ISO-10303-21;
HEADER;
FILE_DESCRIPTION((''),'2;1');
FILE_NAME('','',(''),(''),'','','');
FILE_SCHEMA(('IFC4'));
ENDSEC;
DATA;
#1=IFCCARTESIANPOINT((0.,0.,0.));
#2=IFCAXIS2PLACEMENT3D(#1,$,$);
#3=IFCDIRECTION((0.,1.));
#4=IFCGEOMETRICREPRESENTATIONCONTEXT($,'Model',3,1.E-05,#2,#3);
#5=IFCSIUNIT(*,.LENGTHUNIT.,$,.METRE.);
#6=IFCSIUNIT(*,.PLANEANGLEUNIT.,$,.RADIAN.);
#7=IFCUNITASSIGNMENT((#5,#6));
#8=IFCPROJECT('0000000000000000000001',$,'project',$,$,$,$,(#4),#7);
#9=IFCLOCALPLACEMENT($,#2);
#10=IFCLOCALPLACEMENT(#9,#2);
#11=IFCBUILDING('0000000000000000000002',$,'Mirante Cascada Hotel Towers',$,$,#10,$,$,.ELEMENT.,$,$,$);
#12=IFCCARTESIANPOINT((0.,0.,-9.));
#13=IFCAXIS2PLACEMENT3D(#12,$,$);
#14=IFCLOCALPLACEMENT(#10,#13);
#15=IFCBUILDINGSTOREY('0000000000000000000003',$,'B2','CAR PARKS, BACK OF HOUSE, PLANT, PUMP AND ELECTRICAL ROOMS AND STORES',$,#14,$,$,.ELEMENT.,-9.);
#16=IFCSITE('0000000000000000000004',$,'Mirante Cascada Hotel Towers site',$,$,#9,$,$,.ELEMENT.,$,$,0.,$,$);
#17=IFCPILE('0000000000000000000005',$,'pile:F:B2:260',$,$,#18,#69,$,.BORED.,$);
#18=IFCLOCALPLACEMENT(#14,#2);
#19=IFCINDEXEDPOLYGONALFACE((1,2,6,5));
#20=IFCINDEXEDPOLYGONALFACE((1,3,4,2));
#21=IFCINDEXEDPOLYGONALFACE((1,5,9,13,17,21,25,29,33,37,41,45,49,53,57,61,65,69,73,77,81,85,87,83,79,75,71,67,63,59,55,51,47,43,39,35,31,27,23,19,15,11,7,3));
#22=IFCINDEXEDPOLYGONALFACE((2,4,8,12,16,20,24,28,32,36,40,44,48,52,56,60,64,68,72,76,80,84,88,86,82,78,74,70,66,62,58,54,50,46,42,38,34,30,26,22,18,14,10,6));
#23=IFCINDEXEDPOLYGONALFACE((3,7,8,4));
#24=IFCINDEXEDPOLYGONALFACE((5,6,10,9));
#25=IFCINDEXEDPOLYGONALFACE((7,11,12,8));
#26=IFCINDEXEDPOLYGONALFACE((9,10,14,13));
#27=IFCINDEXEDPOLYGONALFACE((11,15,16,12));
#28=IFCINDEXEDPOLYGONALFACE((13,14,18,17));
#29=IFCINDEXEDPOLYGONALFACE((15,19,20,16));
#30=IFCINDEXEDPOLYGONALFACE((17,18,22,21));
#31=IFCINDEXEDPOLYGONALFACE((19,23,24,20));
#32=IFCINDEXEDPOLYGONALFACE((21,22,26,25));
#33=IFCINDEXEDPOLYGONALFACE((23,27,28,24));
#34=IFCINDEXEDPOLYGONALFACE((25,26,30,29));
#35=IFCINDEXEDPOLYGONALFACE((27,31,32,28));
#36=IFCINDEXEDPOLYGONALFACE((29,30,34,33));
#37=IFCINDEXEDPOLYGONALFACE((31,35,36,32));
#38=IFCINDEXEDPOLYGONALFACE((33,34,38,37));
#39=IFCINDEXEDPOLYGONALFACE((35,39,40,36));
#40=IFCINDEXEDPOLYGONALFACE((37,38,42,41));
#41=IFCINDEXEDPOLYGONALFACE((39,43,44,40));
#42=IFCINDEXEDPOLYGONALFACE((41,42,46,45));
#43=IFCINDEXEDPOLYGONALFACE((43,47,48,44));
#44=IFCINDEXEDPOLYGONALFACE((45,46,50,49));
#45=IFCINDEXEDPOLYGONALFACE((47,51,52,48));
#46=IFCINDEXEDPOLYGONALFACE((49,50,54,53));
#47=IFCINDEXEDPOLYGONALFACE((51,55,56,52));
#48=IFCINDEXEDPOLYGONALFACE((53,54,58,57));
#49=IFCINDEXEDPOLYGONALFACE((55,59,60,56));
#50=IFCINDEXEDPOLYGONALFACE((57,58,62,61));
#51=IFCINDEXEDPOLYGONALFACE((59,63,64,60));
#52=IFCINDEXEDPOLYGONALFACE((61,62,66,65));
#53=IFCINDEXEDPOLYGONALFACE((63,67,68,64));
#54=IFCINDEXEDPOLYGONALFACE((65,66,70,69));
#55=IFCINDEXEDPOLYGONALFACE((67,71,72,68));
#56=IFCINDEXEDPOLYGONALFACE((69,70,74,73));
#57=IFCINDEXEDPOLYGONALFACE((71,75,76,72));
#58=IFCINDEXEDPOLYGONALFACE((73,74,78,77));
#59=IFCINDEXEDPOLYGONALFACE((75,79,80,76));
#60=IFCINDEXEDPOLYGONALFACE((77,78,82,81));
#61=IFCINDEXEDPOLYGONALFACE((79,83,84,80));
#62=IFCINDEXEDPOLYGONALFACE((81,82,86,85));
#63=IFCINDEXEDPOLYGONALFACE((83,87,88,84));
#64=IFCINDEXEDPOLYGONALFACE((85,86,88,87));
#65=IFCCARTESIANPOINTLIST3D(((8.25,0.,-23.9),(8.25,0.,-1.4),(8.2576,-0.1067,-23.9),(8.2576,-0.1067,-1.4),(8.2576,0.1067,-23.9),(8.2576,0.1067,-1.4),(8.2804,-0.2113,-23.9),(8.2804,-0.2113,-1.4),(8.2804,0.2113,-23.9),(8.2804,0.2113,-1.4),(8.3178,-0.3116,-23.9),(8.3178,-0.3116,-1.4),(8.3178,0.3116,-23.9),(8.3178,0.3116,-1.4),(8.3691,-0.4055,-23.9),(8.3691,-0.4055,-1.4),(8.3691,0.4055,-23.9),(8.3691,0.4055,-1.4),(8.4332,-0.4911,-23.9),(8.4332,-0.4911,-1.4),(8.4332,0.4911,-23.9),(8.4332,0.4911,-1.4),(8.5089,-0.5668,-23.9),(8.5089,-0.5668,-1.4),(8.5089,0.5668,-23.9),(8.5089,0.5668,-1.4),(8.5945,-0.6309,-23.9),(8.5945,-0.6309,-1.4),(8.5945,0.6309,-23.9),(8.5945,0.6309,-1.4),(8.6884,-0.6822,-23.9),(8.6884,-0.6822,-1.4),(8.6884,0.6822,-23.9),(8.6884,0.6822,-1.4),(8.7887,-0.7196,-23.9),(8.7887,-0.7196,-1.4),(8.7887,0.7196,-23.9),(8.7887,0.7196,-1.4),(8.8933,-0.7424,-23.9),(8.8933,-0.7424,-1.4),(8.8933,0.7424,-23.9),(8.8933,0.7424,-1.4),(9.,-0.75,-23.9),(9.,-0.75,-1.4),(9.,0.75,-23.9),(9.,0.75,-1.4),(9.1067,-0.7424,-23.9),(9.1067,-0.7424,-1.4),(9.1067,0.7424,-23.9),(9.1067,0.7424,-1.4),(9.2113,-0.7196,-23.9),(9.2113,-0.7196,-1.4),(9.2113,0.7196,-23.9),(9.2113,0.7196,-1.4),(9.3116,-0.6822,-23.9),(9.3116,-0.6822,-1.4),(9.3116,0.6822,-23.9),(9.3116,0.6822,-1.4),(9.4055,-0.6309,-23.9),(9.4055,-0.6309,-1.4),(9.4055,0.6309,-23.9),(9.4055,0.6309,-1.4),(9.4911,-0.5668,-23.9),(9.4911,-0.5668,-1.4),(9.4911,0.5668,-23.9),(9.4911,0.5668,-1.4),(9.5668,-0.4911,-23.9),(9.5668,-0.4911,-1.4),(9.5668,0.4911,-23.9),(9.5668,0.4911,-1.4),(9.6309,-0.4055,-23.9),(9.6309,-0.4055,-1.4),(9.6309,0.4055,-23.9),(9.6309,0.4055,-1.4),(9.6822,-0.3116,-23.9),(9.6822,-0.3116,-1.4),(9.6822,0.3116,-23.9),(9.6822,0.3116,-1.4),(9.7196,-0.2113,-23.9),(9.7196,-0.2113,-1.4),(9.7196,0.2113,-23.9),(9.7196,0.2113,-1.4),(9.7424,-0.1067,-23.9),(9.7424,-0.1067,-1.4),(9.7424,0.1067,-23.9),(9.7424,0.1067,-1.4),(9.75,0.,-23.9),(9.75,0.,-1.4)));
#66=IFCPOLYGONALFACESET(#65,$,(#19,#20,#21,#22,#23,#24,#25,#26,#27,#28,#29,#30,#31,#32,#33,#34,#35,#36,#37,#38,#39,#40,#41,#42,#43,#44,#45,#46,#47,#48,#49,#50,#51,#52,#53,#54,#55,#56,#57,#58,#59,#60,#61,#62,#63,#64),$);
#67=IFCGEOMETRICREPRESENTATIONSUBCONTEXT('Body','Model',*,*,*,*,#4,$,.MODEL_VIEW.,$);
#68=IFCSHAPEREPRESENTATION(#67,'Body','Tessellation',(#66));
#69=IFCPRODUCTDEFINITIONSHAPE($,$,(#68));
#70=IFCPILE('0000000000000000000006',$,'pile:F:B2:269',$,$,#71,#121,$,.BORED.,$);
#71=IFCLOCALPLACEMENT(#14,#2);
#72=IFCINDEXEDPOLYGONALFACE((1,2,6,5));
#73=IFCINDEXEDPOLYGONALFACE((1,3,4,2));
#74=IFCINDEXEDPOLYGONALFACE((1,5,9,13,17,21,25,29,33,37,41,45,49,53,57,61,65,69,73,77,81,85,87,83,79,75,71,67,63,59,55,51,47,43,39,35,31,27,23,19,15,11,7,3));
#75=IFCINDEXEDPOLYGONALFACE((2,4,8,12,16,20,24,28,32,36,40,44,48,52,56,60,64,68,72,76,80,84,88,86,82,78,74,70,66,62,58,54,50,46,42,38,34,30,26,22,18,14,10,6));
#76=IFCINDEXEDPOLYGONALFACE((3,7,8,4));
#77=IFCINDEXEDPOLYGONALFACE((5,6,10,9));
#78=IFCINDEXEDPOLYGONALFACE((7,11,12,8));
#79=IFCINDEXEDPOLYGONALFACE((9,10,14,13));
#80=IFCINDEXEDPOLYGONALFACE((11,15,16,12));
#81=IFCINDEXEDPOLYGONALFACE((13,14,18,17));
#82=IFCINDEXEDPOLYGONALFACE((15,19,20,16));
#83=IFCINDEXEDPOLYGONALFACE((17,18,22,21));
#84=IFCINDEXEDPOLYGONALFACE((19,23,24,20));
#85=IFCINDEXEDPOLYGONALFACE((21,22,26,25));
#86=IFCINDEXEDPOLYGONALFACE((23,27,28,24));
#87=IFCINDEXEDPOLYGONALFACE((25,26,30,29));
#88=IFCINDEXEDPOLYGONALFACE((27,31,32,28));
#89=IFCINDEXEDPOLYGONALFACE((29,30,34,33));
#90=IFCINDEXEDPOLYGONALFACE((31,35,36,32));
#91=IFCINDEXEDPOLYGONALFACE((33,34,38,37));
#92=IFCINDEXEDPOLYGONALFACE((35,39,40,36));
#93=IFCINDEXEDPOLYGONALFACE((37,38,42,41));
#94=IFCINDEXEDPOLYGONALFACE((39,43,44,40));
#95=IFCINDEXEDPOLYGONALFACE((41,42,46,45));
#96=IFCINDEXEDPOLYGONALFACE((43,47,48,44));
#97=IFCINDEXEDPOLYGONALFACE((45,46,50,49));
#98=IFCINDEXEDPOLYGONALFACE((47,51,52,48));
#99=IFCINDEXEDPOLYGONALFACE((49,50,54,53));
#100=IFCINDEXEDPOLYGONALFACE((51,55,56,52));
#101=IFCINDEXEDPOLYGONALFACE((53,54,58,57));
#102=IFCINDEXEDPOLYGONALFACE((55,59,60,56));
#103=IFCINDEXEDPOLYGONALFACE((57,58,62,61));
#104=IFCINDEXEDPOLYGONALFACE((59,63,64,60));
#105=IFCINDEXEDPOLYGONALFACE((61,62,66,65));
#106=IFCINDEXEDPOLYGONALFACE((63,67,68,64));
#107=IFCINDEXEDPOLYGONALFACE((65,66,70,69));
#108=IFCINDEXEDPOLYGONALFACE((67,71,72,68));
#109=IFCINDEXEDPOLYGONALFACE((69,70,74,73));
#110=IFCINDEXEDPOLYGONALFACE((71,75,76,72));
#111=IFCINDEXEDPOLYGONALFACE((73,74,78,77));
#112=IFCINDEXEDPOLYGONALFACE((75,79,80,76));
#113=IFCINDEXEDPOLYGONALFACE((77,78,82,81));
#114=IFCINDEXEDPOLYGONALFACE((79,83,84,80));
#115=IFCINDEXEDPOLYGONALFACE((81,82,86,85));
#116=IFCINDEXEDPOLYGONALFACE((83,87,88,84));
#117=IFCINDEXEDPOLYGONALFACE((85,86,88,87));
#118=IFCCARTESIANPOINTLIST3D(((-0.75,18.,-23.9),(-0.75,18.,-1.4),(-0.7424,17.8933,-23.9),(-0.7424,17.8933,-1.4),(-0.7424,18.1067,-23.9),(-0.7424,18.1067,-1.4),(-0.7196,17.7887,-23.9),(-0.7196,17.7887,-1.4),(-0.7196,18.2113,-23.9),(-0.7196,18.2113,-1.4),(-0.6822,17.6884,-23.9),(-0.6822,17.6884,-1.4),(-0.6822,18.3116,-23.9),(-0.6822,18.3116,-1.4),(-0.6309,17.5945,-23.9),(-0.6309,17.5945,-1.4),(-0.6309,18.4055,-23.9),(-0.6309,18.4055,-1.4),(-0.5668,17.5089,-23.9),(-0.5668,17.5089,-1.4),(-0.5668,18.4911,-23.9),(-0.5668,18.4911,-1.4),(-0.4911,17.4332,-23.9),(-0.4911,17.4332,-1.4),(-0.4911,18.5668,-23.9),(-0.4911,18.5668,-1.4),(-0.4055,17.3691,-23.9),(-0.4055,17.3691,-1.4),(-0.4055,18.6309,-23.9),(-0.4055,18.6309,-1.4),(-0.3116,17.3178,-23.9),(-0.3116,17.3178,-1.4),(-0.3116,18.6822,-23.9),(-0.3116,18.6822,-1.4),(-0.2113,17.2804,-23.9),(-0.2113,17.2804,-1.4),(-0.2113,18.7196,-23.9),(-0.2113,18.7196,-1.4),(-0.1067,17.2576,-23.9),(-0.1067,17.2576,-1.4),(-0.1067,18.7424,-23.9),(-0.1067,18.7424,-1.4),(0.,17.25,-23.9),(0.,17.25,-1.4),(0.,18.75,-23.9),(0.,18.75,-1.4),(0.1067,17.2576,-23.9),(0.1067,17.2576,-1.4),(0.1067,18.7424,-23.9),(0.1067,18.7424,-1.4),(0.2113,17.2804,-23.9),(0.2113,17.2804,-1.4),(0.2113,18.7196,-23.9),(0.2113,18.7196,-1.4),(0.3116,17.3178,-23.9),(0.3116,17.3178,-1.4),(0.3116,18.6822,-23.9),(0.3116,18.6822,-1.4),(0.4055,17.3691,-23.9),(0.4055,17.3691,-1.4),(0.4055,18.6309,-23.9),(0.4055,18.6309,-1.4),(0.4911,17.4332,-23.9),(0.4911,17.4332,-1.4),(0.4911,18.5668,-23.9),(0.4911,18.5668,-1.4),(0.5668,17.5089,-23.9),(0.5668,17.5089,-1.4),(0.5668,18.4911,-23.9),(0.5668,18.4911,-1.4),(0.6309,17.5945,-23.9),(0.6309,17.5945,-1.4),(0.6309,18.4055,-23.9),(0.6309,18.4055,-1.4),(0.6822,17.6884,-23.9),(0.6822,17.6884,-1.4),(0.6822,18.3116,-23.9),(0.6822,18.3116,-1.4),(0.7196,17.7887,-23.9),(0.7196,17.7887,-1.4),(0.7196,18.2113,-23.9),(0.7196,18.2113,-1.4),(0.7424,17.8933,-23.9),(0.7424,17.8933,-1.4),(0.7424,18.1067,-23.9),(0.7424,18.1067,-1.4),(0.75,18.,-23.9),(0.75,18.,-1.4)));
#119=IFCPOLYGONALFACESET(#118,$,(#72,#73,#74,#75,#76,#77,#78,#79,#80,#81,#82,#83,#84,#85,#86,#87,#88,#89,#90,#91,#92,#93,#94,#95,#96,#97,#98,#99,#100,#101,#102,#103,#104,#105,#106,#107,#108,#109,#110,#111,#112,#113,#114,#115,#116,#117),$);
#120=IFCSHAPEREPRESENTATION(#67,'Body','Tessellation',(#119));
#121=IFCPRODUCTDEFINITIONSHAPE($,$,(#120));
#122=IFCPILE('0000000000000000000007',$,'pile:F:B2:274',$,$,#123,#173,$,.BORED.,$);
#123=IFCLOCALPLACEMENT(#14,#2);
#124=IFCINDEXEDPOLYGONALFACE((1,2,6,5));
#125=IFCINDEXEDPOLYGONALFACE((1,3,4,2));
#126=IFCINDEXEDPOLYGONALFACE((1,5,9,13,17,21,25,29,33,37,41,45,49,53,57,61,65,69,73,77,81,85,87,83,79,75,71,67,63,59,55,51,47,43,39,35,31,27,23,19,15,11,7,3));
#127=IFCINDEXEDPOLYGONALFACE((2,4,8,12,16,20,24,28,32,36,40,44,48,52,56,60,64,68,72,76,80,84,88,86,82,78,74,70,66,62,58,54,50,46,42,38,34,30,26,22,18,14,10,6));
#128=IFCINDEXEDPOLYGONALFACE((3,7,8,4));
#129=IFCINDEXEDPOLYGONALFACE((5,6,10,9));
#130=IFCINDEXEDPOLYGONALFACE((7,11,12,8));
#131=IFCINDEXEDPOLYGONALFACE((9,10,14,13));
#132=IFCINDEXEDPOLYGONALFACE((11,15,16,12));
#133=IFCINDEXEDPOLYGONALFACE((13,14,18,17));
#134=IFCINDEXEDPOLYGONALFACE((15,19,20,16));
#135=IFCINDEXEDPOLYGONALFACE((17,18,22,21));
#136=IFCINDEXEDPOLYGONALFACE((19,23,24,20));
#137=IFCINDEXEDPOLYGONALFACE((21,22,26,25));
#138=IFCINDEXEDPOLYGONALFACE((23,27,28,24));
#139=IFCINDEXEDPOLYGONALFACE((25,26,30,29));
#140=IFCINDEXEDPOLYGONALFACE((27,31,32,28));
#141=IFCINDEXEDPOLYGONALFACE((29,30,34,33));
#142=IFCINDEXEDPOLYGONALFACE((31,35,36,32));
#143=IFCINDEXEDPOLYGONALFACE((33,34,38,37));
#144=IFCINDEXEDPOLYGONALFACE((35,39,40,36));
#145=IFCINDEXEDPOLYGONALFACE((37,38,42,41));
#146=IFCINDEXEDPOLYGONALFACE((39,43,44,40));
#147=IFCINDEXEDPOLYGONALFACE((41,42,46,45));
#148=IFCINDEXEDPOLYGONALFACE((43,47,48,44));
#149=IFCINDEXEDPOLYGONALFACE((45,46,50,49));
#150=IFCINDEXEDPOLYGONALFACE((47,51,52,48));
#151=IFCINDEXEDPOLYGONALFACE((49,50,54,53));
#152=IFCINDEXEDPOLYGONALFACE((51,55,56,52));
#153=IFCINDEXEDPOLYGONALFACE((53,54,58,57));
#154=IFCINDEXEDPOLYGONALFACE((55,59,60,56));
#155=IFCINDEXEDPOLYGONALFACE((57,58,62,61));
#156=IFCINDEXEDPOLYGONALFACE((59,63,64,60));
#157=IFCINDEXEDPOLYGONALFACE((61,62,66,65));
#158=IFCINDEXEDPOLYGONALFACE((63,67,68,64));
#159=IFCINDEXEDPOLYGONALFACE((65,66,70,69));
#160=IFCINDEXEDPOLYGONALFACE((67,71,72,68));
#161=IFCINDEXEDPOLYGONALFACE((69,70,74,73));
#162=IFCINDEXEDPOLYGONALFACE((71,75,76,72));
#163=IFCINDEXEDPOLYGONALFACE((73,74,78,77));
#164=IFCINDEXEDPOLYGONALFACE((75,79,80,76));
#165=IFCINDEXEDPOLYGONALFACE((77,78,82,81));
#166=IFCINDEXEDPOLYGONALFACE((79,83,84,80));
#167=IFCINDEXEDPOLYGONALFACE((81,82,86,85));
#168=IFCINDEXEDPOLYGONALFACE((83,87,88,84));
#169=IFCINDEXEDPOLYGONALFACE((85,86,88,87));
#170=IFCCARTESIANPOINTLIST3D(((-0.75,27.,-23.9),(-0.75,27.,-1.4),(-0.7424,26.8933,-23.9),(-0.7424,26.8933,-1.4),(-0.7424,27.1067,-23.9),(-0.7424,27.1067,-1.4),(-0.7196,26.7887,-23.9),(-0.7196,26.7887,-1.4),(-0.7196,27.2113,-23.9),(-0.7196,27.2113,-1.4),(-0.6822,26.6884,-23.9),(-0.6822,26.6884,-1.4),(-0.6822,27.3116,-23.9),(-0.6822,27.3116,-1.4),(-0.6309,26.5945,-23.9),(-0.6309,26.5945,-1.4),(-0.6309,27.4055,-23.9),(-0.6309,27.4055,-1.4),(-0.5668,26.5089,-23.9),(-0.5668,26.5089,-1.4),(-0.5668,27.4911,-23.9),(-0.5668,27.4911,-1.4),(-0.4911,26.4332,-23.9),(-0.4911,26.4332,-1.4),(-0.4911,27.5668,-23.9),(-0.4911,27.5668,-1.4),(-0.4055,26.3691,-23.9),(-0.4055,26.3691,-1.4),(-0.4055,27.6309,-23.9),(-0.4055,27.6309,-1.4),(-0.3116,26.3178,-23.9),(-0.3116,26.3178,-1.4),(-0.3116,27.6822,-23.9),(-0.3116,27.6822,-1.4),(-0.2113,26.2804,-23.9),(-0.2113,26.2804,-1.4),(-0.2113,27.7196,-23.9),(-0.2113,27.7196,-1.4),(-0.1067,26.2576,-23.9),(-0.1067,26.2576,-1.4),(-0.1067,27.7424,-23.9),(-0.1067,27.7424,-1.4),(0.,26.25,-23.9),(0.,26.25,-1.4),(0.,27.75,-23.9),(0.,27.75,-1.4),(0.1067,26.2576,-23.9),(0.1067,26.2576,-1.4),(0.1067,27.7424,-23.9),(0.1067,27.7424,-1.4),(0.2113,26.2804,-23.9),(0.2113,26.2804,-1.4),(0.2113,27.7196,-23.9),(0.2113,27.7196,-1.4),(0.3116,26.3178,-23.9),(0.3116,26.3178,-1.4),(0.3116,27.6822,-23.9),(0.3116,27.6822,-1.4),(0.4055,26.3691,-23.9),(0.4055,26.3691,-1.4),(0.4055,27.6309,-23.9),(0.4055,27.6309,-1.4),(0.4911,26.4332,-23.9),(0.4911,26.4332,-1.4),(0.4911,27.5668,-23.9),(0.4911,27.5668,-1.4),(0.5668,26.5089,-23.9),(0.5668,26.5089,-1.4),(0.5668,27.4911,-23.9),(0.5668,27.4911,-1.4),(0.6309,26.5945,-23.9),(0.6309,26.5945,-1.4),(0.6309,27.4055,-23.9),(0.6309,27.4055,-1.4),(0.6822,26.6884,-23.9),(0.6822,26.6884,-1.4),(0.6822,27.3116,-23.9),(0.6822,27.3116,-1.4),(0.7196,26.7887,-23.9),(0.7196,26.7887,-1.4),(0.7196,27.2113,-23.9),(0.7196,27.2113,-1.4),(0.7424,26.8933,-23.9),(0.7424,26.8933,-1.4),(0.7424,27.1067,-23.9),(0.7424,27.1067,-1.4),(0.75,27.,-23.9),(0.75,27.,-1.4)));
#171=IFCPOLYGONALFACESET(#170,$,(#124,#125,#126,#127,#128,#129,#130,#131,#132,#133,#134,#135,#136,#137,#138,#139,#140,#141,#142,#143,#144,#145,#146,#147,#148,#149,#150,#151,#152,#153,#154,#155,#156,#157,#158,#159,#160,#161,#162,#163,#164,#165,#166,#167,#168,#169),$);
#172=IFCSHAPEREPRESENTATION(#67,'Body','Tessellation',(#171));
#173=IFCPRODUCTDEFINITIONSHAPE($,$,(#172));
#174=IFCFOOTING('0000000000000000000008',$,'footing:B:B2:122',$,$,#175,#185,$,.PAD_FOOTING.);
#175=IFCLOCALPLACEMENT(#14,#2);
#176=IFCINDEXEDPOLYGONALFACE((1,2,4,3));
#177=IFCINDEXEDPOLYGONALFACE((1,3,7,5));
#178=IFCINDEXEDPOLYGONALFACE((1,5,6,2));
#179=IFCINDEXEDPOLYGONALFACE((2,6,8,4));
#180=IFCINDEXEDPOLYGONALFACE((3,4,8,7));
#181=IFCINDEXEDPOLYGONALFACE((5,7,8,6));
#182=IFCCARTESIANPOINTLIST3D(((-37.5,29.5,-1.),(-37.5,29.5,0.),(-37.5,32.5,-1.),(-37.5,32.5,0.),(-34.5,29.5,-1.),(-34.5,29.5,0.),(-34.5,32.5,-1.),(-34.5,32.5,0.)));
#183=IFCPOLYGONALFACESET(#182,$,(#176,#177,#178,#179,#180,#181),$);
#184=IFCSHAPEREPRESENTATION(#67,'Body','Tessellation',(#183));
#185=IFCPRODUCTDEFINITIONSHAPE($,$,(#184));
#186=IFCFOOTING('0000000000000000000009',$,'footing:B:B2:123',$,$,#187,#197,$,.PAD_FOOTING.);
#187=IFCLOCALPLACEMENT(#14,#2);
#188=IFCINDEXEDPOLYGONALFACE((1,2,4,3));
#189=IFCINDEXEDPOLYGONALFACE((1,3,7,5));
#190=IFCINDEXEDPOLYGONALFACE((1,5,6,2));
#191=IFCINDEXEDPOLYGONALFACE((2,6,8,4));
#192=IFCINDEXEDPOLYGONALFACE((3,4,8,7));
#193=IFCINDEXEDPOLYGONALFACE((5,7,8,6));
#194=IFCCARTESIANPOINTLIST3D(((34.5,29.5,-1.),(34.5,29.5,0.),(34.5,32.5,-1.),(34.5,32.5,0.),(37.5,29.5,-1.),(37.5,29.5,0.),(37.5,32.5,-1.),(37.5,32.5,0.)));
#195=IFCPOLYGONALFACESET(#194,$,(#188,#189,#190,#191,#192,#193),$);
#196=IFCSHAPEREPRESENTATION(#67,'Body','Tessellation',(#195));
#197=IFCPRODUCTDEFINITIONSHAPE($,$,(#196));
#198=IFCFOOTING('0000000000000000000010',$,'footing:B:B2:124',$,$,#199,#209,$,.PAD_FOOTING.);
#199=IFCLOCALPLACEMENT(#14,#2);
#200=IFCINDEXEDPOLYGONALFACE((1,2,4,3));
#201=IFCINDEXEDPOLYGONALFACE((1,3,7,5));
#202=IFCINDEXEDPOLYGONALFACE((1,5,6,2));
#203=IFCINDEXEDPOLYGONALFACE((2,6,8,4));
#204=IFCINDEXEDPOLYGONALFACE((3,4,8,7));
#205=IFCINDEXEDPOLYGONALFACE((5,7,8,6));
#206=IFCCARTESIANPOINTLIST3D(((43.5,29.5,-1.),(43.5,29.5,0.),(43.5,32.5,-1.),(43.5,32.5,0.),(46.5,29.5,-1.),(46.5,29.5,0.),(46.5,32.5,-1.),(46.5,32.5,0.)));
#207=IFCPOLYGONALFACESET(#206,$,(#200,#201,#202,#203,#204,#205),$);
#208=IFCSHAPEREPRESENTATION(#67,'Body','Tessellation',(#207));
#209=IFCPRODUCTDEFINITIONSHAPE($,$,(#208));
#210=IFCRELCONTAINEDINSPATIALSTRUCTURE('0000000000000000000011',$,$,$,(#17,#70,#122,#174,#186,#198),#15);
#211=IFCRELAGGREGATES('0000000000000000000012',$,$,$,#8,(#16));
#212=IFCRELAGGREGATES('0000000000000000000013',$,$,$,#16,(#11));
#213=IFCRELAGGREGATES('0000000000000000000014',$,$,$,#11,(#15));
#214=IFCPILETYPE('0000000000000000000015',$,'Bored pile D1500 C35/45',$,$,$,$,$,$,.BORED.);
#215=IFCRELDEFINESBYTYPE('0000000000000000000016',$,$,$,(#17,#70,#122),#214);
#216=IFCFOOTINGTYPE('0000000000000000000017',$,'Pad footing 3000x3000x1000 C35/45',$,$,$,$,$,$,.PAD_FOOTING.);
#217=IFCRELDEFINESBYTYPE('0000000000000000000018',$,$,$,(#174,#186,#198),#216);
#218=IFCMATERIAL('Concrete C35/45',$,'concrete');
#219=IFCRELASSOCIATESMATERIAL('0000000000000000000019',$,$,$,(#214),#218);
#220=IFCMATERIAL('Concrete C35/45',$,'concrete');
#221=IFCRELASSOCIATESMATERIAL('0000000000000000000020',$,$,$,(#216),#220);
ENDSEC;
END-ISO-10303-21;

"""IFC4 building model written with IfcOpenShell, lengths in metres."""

from ifc_helpers import new_model, si_unit, direction, frame, origin, origin_2d, place, context, subcontext, project, spatial, polyline, circle, outline, extrude, material, material_profile, profile_set, type_object, element, save


model = new_model("IFC4")

# Units and contexts
model_context = context("Model", 3, precision=1e-05, world=origin(), true_north=direction((0.0, 1.0)))
body_context = subcontext(model_context, "Body", "Model", "MODEL_VIEW")
ifc_project = project(units=[si_unit("LENGTHUNIT", "METRE"), si_unit("PLANEANGLEUNIT", "RADIAN")], contexts=[model_context])

# Site, building, storey
site_placement = place(None, origin())
site = spatial("IfcSite", under=ifc_project, at=site_placement, Name="Mirante Cascada Hotel Towers site", CompositionType="ELEMENT", RefElevation=0.0)
building_placement = place(site_placement, origin())
building = spatial("IfcBuilding", under=site, at=building_placement, Name="Mirante Cascada Hotel Towers", CompositionType="ELEMENT")
storey_placement = place(building_placement, frame((0.0, 0.0, -9.0)))
storey = spatial("IfcBuildingStorey", under=building, at=storey_placement, Name="B2", Description="CAR PARKS, BACK OF HOUSE, PLANT, PUMP AND ELECTRICAL ROOMS AND STORES", CompositionType="ELEMENT", Elevation=-9.0)

# Piles
ifc_material_1 = material(Name="Concrete C35/45", Category="concrete")
ifc_material_profile_1 = material_profile(ifc_material_1, circle(Radius=0.75, at=origin_2d()), Name="RC D1500")
ifc_profile_set_1 = profile_set([ifc_material_profile_1], Name="Concrete C35/45")
pile_type = type_object("IfcPileType", Name="Bored pile D1500 C35/45", PredefinedType="BORED", material=ifc_profile_set_1)
for number, where, z_axis, x_axis, name in (
    (1, (9.0, 0.0, -1.4), (0.0, 0.0, -1.0), (1.0, 0.0, 0.0), "pile:F:B2:260"),
    (2, (0.0, 18.0, -1.4), (0.0, 0.0, -1.0), (1.0, 0.0, 0.0), "pile:F:B2:269"),
    (3, (0.0, 27.0, -1.4), (0.0, 0.0, -1.0), (1.0, 0.0, 0.0), "pile:F:B2:274"),
):
    element("IfcPile", number, at=place(storey_placement, frame(where, z_axis=z_axis, x_axis=x_axis)), inside=storey, type_object=pile_type, Name=name, PredefinedType="BORED", context=body_context, shape_type="SweptSolid", body=[
        extrude(circle(Radius=0.75, at=origin_2d()), origin(), (0.0, 0.0, 1.0), 22.5),
    ])

# Footings
ifc_material_2 = material(Name="Concrete C35/45", Category="concrete")
footing_type = type_object("IfcFootingType", Name="Pad footing 3000x3000x1000 C35/45", PredefinedType="PAD_FOOTING", material=ifc_material_2)
footing_1_placement = place(storey_placement, frame((0.0, 0.0, -1.0)))
element("IfcFooting", 4, at=footing_1_placement, inside=storey, type_object=footing_type, Name="footing:B:B2:122", PredefinedType="PAD_FOOTING", context=body_context, shape_type="SweptSolid", body=[
    extrude(outline(polyline([(-34.5, 29.5), (-34.5, 32.5), (-37.5, 32.5), (-37.5, 29.5), (-34.5, 29.5)])), origin(), (0.0, 0.0, 1.0), 1.0),
])
footing_2_placement = place(storey_placement, frame((0.0, 0.0, -1.0)))
element("IfcFooting", 5, at=footing_2_placement, inside=storey, type_object=footing_type, Name="footing:B:B2:123", PredefinedType="PAD_FOOTING", context=body_context, shape_type="SweptSolid", body=[
    extrude(outline(polyline([(37.5, 29.5), (37.5, 32.5), (34.5, 32.5), (34.5, 29.5), (37.5, 29.5)])), origin(), (0.0, 0.0, 1.0), 1.0),
])
footing_3_placement = place(storey_placement, frame((0.0, 0.0, -1.0)))
element("IfcFooting", 6, at=footing_3_placement, inside=storey, type_object=footing_type, Name="footing:B:B2:124", PredefinedType="PAD_FOOTING", context=body_context, shape_type="SweptSolid", body=[
    extrude(outline(polyline([(46.5, 29.5), (46.5, 32.5), (43.5, 32.5), (43.5, 29.5), (46.5, 29.5)])), origin(), (0.0, 0.0, 1.0), 1.0),
])

save(model, "model.ifc")
